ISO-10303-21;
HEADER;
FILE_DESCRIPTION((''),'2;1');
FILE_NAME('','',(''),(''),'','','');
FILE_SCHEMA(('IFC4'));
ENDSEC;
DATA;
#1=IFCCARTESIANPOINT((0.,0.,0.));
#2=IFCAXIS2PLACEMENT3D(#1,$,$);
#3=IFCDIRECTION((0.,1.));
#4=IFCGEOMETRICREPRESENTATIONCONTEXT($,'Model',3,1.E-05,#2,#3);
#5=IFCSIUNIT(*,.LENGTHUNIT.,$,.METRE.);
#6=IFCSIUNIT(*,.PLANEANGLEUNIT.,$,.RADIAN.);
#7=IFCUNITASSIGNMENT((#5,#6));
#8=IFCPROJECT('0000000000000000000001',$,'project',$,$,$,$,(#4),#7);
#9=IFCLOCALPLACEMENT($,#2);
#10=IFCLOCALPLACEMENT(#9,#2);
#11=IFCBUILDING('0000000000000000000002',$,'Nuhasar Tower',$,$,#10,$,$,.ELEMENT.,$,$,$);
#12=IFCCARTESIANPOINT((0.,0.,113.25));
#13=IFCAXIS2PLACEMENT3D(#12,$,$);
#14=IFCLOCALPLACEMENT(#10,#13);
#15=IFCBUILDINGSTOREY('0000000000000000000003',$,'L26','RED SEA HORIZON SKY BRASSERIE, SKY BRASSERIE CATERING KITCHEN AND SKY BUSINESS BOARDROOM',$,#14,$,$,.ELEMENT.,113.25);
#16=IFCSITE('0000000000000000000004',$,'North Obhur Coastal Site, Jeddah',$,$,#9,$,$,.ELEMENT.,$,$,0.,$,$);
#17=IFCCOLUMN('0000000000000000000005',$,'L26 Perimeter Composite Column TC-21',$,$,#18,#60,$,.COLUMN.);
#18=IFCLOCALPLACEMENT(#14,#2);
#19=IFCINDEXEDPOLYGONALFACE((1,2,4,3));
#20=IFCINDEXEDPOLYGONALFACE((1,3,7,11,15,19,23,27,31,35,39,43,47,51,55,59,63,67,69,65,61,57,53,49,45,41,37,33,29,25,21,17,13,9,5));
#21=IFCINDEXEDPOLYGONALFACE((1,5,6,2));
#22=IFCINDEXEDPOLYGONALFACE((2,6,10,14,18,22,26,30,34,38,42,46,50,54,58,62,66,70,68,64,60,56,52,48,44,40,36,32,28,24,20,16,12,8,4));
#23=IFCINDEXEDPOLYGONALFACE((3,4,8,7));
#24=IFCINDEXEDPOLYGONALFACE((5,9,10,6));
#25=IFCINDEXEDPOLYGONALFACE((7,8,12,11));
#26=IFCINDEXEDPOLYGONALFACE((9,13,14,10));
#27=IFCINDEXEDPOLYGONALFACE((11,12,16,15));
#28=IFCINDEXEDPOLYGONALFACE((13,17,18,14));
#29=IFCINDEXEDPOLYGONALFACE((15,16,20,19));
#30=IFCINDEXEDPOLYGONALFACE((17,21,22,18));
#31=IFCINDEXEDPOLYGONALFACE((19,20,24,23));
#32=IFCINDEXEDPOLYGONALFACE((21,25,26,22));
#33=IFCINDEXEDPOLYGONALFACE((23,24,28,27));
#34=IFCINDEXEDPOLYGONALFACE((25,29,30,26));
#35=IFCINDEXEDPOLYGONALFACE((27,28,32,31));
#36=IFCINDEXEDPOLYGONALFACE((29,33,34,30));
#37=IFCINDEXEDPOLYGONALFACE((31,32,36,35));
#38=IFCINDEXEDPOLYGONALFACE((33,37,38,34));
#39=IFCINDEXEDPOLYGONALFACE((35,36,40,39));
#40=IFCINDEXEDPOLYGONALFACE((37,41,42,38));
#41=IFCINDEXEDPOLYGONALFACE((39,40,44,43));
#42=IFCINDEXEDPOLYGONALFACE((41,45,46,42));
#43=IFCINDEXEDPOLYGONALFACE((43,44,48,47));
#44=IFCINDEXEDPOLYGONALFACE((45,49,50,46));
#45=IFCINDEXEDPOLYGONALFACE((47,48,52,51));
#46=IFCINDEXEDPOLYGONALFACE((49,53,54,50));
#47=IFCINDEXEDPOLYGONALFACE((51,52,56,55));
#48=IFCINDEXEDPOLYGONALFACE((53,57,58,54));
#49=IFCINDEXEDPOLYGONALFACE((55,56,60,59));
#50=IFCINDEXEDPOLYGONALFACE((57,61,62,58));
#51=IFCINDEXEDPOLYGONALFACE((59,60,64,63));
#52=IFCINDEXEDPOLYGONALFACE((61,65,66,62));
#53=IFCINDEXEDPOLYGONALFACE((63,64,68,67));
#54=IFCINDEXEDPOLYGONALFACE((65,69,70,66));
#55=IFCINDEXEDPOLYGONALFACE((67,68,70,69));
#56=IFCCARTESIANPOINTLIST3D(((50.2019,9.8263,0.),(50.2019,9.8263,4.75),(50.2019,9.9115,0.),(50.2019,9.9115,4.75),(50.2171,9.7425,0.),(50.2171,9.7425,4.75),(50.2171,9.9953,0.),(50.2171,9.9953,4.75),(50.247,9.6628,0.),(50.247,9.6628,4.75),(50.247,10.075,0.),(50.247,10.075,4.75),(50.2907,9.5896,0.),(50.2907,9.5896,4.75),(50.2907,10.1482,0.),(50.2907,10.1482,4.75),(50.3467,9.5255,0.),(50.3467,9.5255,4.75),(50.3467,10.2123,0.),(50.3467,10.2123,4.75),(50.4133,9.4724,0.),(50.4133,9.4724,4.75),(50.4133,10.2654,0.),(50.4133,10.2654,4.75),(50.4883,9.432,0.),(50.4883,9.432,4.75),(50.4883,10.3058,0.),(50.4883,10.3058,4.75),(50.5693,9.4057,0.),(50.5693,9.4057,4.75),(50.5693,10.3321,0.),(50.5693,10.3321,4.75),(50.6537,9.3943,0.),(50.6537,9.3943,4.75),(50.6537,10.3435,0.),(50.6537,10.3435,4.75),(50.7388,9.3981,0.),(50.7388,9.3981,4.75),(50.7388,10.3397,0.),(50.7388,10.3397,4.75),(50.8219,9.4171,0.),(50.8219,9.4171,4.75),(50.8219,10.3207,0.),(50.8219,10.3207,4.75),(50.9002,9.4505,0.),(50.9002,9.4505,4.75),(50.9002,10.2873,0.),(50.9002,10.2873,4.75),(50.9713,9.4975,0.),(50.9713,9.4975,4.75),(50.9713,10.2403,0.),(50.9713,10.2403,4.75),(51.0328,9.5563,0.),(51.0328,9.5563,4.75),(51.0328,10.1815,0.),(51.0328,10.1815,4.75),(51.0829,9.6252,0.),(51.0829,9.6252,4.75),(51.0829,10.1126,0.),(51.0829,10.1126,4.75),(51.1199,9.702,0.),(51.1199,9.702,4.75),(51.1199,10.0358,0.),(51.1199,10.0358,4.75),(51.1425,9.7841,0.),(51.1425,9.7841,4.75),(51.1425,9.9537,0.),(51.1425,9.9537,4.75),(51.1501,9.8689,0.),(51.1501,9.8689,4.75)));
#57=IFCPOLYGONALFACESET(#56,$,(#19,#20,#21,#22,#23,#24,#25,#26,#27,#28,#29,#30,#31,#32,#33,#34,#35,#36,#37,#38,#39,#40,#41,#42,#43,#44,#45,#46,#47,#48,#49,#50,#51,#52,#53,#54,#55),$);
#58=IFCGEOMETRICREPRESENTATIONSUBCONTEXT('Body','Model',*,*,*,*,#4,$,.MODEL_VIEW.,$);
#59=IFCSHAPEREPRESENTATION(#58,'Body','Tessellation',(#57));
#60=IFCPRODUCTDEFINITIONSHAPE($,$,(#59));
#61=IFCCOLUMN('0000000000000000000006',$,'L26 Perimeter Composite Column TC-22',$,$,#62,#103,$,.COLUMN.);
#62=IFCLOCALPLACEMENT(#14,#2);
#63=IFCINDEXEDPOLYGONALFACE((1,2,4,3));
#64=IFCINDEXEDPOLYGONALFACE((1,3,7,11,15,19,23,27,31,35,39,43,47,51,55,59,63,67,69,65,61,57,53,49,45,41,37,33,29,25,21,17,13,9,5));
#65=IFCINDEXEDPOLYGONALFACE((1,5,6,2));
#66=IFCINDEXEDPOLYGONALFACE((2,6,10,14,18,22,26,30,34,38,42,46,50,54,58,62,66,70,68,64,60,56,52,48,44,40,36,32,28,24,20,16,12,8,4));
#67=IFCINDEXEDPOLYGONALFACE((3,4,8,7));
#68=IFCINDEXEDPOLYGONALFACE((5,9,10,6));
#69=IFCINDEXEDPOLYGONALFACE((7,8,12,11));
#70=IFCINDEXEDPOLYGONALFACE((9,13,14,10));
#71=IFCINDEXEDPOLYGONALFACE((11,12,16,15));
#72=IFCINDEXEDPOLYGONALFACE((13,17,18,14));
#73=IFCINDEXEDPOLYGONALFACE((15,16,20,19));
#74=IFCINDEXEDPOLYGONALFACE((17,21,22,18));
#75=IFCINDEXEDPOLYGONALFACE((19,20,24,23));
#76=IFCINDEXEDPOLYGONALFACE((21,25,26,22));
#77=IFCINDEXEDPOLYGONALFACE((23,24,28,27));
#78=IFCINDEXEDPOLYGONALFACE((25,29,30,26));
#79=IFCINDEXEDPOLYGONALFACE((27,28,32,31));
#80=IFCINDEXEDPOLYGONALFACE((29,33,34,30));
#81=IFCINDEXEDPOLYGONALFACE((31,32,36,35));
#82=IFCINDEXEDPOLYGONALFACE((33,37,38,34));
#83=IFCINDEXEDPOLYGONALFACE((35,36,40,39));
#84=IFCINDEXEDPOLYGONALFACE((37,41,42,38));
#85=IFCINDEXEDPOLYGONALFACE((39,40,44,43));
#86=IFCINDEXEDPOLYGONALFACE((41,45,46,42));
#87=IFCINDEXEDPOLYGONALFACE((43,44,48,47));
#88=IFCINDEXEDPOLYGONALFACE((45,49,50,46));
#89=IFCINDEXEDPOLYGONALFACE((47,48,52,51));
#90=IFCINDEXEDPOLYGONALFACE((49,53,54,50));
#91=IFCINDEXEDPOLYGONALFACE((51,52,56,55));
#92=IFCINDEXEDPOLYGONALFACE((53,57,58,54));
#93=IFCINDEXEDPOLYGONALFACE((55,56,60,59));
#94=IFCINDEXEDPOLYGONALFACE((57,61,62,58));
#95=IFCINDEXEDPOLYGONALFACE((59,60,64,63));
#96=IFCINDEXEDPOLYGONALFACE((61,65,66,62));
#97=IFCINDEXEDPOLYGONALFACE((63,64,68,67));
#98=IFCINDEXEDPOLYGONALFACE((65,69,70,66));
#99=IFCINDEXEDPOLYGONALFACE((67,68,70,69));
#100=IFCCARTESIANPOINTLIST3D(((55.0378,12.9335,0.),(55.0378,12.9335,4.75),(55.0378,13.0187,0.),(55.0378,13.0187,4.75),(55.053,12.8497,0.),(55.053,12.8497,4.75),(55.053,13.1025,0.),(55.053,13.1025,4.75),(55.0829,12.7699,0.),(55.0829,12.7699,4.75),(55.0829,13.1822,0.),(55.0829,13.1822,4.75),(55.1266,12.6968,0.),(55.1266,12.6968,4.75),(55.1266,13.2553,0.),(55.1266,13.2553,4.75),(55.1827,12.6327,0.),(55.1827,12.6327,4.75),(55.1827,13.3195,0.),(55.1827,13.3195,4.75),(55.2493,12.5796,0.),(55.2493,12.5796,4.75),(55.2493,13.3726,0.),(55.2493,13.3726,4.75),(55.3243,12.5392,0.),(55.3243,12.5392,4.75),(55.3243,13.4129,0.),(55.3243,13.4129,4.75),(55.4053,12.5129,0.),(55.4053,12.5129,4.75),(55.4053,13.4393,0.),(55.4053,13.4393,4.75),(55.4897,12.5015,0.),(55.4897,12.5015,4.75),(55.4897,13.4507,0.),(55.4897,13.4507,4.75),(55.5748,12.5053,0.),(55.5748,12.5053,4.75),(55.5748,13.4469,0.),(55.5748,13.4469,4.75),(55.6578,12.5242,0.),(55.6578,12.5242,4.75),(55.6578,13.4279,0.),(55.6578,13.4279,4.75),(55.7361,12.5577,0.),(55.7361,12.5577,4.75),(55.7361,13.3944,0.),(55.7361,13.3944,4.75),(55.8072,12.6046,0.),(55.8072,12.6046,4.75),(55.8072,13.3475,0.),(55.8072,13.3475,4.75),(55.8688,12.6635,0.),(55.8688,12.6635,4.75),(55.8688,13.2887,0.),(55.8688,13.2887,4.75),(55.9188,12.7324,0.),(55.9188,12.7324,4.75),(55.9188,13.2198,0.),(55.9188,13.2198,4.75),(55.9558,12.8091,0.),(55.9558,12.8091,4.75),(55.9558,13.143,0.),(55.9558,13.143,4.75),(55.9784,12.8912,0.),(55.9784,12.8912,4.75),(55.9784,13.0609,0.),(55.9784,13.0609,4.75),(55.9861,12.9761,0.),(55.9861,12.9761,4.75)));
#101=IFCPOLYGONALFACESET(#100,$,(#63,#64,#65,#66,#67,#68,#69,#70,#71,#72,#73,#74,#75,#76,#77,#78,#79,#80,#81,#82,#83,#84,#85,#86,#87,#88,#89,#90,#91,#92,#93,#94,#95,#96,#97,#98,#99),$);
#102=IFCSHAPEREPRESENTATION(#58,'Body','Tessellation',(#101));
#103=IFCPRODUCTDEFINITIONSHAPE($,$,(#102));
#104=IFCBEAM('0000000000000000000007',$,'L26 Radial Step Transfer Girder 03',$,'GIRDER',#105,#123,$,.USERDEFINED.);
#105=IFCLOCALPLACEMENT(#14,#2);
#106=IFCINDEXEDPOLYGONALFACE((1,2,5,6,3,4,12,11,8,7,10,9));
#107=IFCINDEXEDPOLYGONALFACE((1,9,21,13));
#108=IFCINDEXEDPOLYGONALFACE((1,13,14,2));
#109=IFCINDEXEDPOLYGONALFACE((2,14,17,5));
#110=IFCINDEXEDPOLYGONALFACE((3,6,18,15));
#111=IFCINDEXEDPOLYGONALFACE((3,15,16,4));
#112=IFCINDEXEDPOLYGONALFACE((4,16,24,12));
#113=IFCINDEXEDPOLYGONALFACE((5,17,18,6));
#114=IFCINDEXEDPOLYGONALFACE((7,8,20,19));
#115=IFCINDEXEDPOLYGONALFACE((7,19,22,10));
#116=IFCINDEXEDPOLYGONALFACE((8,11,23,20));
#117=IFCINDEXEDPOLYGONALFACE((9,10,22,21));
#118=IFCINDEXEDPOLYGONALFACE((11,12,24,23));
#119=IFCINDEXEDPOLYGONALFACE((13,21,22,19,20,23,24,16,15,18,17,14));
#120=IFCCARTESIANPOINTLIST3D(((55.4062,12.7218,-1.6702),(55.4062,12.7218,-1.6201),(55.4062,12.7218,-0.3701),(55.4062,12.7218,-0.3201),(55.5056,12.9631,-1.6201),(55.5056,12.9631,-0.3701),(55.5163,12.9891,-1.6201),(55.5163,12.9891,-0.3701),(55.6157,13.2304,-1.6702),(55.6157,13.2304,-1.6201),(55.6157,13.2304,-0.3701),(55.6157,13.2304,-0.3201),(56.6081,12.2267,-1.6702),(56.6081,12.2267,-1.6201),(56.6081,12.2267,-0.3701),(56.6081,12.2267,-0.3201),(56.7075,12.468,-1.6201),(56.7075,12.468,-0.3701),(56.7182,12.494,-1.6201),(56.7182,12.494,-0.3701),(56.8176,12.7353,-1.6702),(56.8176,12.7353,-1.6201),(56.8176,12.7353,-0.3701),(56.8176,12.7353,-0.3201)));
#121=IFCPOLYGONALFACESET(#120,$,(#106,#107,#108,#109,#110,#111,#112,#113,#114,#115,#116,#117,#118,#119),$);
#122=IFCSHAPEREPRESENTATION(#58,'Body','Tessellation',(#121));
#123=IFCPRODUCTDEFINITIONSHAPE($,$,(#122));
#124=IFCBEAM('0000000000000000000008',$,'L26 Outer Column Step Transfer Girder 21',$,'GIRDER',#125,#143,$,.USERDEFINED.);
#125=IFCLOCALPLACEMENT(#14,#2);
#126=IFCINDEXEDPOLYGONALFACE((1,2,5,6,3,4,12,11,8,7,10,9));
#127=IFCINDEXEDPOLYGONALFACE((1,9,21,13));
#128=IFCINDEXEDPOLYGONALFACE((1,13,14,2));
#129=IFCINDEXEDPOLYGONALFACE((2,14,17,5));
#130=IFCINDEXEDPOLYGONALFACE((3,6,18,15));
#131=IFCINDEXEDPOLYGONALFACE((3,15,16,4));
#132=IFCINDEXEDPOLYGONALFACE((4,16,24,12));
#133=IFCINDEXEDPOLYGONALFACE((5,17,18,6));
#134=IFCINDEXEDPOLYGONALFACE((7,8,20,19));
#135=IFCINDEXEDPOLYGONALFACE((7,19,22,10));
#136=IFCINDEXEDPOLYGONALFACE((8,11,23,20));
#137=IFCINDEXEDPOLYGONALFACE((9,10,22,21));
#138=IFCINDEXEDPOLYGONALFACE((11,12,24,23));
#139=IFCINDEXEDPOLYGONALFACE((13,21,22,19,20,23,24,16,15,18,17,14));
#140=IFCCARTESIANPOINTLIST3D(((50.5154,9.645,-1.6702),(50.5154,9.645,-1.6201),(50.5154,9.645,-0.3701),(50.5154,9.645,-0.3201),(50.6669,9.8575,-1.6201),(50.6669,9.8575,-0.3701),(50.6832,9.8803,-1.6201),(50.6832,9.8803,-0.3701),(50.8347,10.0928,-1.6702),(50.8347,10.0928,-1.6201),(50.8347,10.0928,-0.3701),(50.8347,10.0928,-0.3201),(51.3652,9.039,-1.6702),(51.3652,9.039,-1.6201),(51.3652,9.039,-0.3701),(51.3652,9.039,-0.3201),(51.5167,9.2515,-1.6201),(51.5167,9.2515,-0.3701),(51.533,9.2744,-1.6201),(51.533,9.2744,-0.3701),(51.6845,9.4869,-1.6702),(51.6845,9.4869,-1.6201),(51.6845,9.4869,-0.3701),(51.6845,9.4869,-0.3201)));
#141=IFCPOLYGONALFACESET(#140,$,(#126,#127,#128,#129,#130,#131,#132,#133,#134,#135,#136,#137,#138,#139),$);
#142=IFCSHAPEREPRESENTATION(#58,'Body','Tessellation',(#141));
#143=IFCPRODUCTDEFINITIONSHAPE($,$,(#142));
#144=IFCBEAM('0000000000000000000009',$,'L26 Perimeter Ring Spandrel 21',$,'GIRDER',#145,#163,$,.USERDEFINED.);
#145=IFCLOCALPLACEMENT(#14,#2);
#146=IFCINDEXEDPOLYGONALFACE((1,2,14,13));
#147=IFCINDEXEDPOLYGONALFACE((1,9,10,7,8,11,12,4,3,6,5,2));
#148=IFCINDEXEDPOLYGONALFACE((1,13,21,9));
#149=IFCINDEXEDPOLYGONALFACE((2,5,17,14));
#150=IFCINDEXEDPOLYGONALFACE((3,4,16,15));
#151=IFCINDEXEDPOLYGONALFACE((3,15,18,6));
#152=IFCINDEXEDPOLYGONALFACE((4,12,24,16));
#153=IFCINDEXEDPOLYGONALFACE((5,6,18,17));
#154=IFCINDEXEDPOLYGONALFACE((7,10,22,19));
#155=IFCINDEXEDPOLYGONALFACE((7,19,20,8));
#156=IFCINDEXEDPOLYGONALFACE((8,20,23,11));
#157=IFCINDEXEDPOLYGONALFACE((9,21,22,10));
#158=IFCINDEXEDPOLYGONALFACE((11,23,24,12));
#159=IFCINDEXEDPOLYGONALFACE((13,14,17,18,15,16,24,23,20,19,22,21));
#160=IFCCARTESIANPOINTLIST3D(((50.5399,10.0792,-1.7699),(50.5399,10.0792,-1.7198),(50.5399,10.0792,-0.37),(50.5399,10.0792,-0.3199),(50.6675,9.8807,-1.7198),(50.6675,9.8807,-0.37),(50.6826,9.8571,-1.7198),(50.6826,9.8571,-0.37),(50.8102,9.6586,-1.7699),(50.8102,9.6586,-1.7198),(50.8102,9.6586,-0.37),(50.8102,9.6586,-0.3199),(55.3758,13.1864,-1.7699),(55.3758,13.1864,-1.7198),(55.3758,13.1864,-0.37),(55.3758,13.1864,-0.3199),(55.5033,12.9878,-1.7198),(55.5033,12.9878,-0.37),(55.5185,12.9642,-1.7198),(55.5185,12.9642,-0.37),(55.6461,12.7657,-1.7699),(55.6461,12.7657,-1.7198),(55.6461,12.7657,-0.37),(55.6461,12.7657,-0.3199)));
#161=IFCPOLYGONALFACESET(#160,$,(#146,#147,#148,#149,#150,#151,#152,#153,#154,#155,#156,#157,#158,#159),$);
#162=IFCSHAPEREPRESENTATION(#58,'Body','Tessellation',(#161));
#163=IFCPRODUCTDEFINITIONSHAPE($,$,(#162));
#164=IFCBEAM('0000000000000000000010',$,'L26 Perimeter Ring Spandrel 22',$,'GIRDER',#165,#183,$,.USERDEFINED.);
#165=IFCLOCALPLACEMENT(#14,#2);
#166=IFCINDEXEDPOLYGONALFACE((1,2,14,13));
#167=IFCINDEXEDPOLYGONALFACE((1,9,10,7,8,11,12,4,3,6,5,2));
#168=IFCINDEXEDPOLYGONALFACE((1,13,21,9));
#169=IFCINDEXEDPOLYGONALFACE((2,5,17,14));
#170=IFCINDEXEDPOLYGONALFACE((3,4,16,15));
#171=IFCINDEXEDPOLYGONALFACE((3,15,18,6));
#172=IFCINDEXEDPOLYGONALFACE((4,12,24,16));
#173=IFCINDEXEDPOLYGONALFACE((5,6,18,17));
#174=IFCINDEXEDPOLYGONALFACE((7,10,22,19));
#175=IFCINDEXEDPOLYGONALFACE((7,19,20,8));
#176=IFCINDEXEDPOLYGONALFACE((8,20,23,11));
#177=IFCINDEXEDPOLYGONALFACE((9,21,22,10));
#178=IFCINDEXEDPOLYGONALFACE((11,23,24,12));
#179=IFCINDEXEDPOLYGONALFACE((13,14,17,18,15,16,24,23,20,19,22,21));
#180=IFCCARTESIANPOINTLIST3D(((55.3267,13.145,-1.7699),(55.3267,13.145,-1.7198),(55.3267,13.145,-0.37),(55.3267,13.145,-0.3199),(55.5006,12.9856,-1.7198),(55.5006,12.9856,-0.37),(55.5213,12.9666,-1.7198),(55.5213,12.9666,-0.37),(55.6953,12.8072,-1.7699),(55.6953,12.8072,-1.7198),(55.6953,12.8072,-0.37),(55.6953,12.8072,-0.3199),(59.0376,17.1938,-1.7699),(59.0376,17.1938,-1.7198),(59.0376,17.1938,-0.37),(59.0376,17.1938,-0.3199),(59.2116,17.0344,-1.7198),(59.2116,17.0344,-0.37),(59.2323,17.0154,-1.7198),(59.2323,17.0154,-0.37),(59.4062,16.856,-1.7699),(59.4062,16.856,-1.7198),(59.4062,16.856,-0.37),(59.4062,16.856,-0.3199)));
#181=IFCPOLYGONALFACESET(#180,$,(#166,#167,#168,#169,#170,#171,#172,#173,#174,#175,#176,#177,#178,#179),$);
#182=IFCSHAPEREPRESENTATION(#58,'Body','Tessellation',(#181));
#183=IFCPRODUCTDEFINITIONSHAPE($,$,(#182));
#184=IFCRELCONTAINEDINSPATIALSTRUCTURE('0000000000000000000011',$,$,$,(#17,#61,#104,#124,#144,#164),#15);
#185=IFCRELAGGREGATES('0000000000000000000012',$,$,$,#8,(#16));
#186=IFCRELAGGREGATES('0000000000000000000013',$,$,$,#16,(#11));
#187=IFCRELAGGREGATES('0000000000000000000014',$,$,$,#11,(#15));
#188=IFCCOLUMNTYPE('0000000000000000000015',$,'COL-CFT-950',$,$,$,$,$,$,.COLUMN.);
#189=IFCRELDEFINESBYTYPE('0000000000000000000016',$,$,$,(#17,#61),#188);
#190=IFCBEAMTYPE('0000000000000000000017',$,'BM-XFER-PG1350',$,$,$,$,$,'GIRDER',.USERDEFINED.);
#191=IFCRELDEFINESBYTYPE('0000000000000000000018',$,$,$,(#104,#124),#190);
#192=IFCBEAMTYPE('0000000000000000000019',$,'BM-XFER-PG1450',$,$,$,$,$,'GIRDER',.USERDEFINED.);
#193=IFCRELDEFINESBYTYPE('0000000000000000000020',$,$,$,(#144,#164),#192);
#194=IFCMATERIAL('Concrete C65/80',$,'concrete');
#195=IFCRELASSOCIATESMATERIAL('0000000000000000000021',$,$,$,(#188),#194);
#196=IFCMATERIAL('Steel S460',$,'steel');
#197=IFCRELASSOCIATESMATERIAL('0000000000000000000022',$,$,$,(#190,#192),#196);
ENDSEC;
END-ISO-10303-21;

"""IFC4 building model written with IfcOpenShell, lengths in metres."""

from ifc_helpers import new_model, si_unit, direction, frame, origin, origin_2d, place, context, subcontext, project, spatial, circle, i_section, extrude, material, material_profile, profile_set, type_object, element, save


model = new_model("IFC4")

# Units and contexts
model_context = context("Model", 3, precision=1e-05, world=origin(), true_north=direction((0.0, 1.0)))
body_context = subcontext(model_context, "Body", "Model", "MODEL_VIEW")
ifc_project = project(units=[si_unit("LENGTHUNIT", "METRE"), si_unit("PLANEANGLEUNIT", "RADIAN")], contexts=[model_context])

# Site, building, storey
site_placement = place(None, origin())
site = spatial("IfcSite", under=ifc_project, at=site_placement, Name="North Obhur Coastal Site, Jeddah", CompositionType="ELEMENT", RefElevation=0.0)
building_placement = place(site_placement, origin())
building = spatial("IfcBuilding", under=site, at=building_placement, Name="Nuhasar Tower", CompositionType="ELEMENT")
storey_placement = place(building_placement, frame((0.0, 0.0, 113.25)))
storey = spatial("IfcBuildingStorey", under=building, at=storey_placement, Name="L26", Description="RED SEA HORIZON SKY BRASSERIE, SKY BRASSERIE CATERING KITCHEN AND SKY BUSINESS BOARDROOM", CompositionType="ELEMENT", Elevation=113.25)

# Columns
ifc_material_1 = material(Name="Concrete C65/80", Category="concrete")
ifc_material_profile_1 = material_profile(ifc_material_1, circle(Radius=0.4751, at=origin_2d()), Name="CFT950")
ifc_profile_set_1 = profile_set([ifc_material_profile_1], Name="Concrete C65/80")
column_type = type_object("IfcColumnType", Name="COL-CFT-950", PredefinedType="COLUMN", material=ifc_profile_set_1)
for number, where, z_axis, x_axis, name in (
    (1, (50.675, 9.8689, 0.0), (0.0, 0.0, 1.0), (1.0, 0.0, 0.0), "L26 Perimeter Composite Column TC-21"),
    (2, (55.511, 12.9761, 0.0), (0.0, 0.0, 1.0), (1.0, 0.0, 0.0), "L26 Perimeter Composite Column TC-22"),
):
    element("IfcColumn", number, at=place(storey_placement, frame(where, z_axis=z_axis, x_axis=x_axis)), inside=storey, type_object=column_type, Name=name, PredefinedType="COLUMN", context=body_context, shape_type="SweptSolid", body=[
        extrude(circle(Radius=0.4751, at=origin_2d()), origin(), (0.0, 0.0, 1.0), 4.75),
    ])

# Beams
ifc_material_2 = material(Name="Steel S460", Category="steel")
ifc_material_profile_2 = material_profile(ifc_material_2, i_section(OverallWidth=0.55, OverallDepth=1.3501, WebThickness=0.0281, FlangeThickness=0.05, at=origin_2d()), Name="PG1350X550")
ifc_profile_set_2 = profile_set([ifc_material_profile_2], Name="Steel S460")
beam_type_1 = type_object("IfcBeamType", Name="BM-XFER-PG1350", ElementType="GIRDER", PredefinedType="USERDEFINED", material=ifc_profile_set_2)
beam_1_placement = place(storey_placement, frame((55.511, 12.9761, -0.9951), z_axis=(0.92462, -0.380891, 0.0), x_axis=(0.380891, 0.92462, 0.0)))
element("IfcBeam", 3, at=beam_1_placement, inside=storey, type_object=beam_type_1, Name="L26 Radial Step Transfer Girder 03", ObjectType="GIRDER", PredefinedType="USERDEFINED", context=body_context, shape_type="SweptSolid", body=[
    extrude(i_section(OverallWidth=0.55, OverallDepth=1.3501, WebThickness=0.0281, FlangeThickness=0.05, at=origin_2d()), origin(), (0.0, 0.0, 1.0), 1.2998),
])
beam_2_placement = place(storey_placement, frame((50.675, 9.8689, -0.9951), z_axis=(0.814223, -0.580552, 0.0), x_axis=(0.580552, 0.814223, 0.0)))
element("IfcBeam", 4, at=beam_2_placement, inside=storey, type_object=beam_type_1, Name="L26 Outer Column Step Transfer Girder 21", ObjectType="GIRDER", PredefinedType="USERDEFINED", context=body_context, shape_type="SweptSolid", body=[
    extrude(i_section(OverallWidth=0.55, OverallDepth=1.3501, WebThickness=0.0281, FlangeThickness=0.05, at=origin_2d()), origin(), (0.0, 0.0, 1.0), 1.0437),
])
ifc_material_profile_3 = material_profile(ifc_material_2, i_section(OverallWidth=0.5, OverallDepth=1.45, WebThickness=0.0281, FlangeThickness=0.05, at=origin_2d()), Name="PG1450X500")
ifc_profile_set_3 = profile_set([ifc_material_profile_3], Name="Steel S460")
beam_type_2 = type_object("IfcBeamType", Name="BM-XFER-PG1450", ElementType="GIRDER", PredefinedType="USERDEFINED", material=ifc_profile_set_3)
beam_3_placement = place(storey_placement, frame((50.675, 9.8689, -1.0449), z_axis=(0.841308, 0.540556, 0.0), x_axis=(-0.540556, 0.841308, 0.0)))
element("IfcBeam", 5, at=beam_3_placement, inside=storey, type_object=beam_type_2, Name="L26 Perimeter Ring Spandrel 21", ObjectType="GIRDER", PredefinedType="USERDEFINED", context=body_context, shape_type="SweptSolid", body=[
    extrude(i_section(OverallWidth=0.5, OverallDepth=1.45, WebThickness=0.0281, FlangeThickness=0.05, at=origin_2d()), origin(), (0.0, 0.0, 1.0), 5.748),
])
beam_4_placement = place(storey_placement, frame((55.511, 12.9761, -1.0449), z_axis=(0.675676, 0.737198, 0.0), x_axis=(-0.737198, 0.675676, 0.0)))
element("IfcBeam", 6, at=beam_4_placement, inside=storey, type_object=beam_type_2, Name="L26 Perimeter Ring Spandrel 22", ObjectType="GIRDER", PredefinedType="USERDEFINED", context=body_context, shape_type="SweptSolid", body=[
    extrude(i_section(OverallWidth=0.5, OverallDepth=1.45, WebThickness=0.0281, FlangeThickness=0.05, at=origin_2d()), origin(), (0.0, 0.0, 1.0), 5.4922),
])

save(model, "model.ifc")
